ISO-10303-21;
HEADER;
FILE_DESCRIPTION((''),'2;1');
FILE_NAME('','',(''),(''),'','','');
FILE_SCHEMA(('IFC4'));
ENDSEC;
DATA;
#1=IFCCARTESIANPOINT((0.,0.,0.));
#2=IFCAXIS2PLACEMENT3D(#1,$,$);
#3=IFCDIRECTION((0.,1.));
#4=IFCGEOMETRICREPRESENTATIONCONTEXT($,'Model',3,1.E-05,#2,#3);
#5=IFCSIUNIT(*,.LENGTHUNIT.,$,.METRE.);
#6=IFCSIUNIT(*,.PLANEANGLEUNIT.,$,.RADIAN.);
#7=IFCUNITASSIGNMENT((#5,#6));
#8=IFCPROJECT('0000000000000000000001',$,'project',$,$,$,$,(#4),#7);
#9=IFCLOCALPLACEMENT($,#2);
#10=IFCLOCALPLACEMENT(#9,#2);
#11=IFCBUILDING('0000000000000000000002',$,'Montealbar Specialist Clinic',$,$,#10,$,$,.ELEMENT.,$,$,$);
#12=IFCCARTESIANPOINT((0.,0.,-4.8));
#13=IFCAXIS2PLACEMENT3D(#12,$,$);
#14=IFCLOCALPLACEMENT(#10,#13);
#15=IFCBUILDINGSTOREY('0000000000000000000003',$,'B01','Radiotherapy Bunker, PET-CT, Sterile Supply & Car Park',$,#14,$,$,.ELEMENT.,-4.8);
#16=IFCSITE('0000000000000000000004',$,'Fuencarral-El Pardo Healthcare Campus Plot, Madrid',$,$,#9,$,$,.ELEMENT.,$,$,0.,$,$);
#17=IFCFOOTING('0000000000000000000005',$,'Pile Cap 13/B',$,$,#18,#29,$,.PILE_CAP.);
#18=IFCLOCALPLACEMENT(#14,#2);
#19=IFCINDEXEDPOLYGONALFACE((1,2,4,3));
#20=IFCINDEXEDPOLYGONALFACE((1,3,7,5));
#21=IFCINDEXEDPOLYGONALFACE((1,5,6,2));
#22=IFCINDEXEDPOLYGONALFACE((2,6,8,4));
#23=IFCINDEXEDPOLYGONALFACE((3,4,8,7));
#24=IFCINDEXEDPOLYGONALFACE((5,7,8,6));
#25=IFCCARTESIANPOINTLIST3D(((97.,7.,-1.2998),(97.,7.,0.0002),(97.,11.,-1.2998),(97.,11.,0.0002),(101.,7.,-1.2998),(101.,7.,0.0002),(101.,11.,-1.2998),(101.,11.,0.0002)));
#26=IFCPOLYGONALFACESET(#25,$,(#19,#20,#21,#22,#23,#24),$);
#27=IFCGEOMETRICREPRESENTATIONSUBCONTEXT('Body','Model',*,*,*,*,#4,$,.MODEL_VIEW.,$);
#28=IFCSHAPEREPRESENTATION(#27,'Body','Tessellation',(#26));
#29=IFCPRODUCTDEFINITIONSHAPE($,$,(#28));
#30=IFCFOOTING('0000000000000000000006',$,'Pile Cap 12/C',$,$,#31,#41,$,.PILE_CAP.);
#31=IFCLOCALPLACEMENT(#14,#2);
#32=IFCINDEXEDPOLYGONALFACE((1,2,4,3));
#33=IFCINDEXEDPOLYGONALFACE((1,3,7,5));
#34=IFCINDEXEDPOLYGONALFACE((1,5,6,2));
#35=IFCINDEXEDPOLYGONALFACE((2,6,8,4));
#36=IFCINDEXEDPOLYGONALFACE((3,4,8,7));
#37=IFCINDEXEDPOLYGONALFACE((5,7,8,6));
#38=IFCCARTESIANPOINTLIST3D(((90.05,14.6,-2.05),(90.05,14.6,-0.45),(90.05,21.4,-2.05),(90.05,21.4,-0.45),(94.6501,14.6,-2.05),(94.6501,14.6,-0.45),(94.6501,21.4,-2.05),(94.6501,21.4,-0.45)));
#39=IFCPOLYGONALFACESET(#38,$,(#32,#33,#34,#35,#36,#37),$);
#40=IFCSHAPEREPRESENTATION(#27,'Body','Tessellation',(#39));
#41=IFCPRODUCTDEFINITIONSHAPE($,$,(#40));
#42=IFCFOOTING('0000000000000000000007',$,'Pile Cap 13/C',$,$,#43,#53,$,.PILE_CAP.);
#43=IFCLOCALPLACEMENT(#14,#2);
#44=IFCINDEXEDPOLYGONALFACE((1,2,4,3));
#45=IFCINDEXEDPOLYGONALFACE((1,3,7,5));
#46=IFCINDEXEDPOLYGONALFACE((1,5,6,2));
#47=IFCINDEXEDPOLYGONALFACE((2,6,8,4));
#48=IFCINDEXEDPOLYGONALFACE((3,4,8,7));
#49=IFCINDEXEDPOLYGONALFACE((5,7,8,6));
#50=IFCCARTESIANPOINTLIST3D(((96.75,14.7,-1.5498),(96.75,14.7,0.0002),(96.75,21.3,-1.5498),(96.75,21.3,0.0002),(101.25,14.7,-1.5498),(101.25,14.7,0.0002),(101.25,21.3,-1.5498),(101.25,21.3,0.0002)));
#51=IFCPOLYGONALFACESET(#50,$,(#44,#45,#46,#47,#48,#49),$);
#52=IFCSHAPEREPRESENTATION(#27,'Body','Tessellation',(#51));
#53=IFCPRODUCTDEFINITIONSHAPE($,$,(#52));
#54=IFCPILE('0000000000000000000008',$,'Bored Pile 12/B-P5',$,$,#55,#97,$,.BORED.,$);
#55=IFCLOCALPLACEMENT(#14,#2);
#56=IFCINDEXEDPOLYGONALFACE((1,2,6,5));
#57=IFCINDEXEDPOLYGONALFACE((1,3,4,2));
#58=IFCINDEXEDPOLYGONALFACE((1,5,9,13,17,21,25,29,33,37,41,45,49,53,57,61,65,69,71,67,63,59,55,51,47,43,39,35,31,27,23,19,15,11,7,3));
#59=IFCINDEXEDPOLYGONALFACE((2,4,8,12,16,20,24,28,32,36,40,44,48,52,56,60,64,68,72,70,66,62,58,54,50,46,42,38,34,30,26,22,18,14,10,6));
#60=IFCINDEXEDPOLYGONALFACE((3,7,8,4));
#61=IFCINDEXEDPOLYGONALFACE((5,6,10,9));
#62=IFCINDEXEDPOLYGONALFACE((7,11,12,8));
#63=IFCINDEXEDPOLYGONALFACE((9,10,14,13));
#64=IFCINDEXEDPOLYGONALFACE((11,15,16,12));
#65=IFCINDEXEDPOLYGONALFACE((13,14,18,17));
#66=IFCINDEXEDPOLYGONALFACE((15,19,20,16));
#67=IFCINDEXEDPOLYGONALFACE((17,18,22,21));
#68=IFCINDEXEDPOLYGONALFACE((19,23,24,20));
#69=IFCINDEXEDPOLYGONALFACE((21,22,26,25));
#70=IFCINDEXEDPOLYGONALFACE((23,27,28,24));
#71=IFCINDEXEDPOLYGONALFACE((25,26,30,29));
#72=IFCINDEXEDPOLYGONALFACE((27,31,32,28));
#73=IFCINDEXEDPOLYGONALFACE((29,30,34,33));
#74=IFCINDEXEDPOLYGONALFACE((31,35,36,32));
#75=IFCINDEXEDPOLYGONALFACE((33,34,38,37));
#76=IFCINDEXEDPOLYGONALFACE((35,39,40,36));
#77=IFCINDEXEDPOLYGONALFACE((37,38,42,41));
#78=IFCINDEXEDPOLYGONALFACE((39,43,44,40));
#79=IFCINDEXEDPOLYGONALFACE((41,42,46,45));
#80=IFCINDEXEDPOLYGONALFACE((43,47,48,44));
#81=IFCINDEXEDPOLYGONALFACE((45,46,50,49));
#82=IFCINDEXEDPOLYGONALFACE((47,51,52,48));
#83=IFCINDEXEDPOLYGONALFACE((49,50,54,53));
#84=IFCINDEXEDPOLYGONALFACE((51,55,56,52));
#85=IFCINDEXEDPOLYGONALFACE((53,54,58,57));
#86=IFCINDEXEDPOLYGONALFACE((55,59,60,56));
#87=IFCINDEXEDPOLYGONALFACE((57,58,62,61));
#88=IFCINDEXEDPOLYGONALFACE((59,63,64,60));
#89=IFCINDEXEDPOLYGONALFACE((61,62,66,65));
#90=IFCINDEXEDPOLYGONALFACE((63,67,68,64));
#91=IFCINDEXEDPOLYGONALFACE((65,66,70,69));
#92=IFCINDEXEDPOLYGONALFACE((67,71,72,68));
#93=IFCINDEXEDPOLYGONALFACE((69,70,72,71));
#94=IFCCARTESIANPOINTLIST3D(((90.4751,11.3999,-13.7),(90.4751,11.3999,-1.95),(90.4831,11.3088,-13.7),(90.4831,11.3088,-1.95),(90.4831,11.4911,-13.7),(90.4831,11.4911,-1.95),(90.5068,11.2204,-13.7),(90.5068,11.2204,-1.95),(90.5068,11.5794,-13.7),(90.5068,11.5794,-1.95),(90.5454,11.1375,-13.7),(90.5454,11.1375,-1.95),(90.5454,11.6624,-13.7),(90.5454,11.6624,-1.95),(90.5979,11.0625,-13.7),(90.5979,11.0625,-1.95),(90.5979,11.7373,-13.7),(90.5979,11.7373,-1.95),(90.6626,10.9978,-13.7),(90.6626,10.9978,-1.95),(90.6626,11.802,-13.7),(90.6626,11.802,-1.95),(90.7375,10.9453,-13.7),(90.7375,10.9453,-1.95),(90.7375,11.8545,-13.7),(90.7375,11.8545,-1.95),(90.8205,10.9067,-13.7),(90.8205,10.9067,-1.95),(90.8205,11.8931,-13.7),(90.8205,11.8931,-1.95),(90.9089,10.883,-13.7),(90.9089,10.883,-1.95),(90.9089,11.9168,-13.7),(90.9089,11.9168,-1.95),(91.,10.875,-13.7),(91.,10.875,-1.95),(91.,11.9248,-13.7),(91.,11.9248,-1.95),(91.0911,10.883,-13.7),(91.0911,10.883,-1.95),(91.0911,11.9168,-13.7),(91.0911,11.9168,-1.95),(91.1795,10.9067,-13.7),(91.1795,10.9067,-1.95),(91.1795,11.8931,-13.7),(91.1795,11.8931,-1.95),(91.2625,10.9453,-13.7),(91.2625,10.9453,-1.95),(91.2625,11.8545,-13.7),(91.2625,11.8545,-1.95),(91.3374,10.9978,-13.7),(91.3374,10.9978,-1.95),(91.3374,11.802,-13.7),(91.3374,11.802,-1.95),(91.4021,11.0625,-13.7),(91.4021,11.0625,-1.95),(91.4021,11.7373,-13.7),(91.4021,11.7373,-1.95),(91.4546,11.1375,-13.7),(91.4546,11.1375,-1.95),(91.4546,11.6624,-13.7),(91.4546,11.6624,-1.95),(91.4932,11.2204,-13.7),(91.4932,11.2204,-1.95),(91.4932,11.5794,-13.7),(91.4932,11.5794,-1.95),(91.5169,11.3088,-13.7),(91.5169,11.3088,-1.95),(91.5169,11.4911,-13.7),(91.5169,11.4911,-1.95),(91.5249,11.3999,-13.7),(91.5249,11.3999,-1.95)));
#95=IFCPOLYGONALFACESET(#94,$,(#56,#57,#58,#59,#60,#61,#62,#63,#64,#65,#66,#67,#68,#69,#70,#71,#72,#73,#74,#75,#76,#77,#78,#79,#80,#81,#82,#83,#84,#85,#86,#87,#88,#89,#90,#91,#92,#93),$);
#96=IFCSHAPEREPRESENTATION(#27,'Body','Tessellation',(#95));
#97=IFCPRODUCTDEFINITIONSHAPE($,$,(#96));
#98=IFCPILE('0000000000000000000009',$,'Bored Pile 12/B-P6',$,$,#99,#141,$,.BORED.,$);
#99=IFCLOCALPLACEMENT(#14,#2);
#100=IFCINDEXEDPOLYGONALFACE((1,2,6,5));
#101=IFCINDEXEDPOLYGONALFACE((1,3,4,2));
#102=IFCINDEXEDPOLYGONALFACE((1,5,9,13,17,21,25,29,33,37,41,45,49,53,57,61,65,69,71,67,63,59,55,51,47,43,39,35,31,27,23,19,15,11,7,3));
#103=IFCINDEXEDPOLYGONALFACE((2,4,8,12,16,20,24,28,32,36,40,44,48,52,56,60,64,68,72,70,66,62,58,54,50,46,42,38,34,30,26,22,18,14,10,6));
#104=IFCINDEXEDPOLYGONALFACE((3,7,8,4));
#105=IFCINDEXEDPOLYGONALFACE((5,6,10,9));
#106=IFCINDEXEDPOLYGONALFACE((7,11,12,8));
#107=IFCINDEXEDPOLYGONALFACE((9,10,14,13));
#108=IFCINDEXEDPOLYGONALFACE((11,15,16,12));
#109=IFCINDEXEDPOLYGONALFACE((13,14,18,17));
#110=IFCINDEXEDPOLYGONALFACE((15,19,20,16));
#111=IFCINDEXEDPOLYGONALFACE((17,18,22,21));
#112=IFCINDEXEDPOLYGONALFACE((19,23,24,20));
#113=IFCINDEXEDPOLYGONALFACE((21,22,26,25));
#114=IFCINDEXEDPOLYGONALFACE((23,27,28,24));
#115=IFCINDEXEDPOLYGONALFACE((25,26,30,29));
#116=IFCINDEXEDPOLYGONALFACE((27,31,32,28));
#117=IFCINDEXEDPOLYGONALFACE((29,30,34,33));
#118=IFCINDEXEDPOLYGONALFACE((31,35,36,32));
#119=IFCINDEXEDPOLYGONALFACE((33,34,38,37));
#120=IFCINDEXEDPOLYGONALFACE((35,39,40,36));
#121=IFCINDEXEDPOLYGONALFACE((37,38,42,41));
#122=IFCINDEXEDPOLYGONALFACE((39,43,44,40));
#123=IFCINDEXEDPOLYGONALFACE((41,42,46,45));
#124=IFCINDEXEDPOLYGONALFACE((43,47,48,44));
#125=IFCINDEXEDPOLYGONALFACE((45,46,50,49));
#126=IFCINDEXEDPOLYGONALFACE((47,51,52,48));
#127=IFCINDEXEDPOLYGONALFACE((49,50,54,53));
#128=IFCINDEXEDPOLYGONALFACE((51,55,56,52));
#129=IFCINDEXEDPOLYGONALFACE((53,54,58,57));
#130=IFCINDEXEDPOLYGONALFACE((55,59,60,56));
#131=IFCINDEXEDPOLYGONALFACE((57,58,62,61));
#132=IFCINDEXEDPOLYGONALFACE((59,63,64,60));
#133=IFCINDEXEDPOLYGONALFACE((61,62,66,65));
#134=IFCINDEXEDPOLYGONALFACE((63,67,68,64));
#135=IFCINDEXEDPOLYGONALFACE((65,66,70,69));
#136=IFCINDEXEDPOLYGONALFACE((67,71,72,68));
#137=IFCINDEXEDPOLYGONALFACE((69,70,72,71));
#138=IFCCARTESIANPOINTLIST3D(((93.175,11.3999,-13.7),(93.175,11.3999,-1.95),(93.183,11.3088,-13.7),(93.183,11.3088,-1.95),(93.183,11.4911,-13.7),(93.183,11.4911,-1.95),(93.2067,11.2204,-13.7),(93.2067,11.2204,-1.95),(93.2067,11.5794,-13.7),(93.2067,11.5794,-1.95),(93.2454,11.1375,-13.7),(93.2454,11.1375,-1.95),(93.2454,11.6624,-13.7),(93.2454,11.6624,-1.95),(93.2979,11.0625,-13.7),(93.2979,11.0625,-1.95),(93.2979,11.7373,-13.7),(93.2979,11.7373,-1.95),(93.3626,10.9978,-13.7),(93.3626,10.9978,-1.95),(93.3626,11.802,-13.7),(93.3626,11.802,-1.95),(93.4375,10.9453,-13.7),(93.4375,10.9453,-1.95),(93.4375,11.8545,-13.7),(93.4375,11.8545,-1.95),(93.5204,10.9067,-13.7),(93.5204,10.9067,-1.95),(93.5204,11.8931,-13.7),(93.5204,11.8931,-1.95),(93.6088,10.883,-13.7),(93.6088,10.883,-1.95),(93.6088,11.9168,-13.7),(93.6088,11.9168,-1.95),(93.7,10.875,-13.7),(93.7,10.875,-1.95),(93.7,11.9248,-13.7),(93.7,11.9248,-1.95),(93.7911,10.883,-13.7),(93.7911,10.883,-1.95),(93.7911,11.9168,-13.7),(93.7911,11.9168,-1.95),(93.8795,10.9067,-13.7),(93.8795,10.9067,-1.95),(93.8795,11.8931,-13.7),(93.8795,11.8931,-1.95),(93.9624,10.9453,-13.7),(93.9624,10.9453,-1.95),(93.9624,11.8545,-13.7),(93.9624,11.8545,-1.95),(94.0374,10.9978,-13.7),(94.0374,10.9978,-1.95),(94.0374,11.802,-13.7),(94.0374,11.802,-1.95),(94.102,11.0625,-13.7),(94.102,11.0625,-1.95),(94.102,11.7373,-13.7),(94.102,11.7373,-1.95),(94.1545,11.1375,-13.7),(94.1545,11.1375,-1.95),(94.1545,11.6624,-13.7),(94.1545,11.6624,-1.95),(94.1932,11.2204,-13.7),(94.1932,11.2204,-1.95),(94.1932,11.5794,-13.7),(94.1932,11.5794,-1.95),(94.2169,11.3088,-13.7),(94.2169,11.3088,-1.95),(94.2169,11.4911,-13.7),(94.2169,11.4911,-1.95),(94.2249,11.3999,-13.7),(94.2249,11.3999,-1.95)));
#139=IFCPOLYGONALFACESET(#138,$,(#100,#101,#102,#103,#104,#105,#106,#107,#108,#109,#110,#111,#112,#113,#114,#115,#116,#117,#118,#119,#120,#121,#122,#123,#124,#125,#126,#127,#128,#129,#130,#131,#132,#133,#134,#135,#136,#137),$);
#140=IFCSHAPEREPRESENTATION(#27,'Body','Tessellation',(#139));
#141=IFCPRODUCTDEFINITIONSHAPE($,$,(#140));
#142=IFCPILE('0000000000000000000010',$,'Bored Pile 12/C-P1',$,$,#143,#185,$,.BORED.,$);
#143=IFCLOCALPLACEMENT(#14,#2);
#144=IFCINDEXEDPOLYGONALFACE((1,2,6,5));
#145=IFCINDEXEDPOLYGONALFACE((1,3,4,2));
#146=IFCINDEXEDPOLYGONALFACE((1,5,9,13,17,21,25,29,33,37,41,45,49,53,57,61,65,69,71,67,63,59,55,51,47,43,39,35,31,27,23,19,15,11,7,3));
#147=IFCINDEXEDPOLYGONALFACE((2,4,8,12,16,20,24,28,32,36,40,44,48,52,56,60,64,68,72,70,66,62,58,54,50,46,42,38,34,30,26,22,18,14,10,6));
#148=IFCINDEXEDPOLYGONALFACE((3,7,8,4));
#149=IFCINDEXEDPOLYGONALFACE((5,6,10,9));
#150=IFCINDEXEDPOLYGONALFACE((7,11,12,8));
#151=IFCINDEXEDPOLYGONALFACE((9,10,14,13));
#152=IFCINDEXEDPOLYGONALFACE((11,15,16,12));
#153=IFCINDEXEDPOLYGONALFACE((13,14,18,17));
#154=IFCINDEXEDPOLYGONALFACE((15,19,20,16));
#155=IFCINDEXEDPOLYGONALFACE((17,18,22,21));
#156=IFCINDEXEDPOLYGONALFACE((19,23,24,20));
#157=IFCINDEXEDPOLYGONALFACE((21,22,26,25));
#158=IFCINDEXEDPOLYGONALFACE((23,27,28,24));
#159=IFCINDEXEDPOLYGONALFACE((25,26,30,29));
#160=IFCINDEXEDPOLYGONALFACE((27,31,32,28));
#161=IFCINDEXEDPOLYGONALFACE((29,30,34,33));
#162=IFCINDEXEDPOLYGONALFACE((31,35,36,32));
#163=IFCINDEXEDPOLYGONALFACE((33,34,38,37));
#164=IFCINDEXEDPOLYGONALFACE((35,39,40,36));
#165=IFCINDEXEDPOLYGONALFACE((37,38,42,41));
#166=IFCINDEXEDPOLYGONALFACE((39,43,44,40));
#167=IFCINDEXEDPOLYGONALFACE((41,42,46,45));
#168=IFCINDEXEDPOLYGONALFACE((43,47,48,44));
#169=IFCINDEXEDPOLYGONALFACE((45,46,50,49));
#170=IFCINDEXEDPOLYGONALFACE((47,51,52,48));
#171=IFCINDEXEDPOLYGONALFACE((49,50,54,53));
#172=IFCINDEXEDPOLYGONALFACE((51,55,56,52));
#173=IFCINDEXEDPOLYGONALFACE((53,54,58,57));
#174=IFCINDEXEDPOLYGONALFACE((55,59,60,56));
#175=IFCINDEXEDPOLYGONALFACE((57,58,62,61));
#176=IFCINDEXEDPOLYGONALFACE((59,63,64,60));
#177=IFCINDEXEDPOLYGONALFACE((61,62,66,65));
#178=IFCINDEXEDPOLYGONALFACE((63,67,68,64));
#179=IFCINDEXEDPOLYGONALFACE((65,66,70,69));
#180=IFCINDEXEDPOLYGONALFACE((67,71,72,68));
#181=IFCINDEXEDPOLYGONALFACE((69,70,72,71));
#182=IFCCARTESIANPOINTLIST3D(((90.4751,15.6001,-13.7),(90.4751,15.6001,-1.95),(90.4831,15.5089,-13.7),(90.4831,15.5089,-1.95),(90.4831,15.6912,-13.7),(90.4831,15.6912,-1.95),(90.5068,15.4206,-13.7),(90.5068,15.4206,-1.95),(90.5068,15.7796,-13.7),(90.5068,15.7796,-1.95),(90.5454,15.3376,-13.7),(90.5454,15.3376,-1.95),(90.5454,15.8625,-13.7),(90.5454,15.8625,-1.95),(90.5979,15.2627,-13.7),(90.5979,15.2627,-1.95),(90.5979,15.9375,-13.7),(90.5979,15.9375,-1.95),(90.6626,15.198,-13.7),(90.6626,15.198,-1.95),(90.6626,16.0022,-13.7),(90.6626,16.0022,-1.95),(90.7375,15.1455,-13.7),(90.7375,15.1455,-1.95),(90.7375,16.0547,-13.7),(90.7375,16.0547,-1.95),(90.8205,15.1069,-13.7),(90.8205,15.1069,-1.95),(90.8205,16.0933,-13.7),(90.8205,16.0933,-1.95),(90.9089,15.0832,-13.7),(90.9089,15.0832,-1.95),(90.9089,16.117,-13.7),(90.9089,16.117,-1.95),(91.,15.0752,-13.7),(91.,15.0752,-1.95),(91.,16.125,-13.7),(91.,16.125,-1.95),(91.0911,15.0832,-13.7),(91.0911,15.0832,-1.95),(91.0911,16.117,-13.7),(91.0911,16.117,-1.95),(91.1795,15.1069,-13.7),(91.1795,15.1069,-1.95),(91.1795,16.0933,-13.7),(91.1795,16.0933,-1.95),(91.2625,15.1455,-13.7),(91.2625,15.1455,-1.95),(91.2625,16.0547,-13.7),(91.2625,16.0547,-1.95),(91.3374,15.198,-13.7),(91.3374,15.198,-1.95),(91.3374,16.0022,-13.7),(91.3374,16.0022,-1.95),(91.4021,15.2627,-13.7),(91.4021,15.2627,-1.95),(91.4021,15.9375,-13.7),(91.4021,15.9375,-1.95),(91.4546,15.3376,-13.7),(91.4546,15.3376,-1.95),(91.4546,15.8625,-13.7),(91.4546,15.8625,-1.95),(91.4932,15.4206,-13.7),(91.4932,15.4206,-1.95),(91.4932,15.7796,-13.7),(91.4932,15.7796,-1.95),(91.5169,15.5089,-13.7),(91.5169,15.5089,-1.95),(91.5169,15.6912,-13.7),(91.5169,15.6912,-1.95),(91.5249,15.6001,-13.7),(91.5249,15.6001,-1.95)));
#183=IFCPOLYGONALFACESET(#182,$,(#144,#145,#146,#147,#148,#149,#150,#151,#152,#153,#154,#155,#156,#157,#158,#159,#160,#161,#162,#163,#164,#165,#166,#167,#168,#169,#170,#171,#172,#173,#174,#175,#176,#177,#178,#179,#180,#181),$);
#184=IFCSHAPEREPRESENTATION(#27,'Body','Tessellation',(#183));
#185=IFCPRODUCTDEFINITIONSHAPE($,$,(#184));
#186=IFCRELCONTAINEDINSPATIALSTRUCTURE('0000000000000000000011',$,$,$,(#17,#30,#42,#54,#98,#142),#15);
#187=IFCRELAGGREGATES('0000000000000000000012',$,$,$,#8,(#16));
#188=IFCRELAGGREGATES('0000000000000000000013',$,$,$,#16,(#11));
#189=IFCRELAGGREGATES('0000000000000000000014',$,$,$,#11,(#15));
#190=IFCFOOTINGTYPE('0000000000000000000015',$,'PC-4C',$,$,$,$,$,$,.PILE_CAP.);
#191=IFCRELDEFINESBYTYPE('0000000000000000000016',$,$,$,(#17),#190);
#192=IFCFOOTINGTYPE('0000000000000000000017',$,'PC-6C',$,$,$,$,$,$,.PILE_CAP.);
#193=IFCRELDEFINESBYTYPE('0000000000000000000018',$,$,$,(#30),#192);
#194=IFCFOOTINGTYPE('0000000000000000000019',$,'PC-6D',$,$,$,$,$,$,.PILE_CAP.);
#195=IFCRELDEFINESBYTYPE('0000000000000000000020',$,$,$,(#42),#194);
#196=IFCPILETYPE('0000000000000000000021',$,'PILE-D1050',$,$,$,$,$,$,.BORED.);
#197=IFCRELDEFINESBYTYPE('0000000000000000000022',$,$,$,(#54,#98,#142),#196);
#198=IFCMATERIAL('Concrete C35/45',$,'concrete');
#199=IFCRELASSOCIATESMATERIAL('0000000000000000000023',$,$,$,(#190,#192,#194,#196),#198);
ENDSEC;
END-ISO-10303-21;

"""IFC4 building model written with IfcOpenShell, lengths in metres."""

from ifc_helpers import new_model, si_unit, direction, frame, origin, origin_2d, place, context, subcontext, project, spatial, rectangle, circle, extrude, material, material_profile, profile_set, type_object, element, save


model = new_model("IFC4")

# Units and contexts
model_context = context("Model", 3, precision=1e-05, world=origin(), true_north=direction((0.0, 1.0)))
body_context = subcontext(model_context, "Body", "Model", "MODEL_VIEW")
ifc_project = project(units=[si_unit("LENGTHUNIT", "METRE"), si_unit("PLANEANGLEUNIT", "RADIAN")], contexts=[model_context])

# Site, building, storey
site_placement = place(None, origin())
site = spatial("IfcSite", under=ifc_project, at=site_placement, Name="Fuencarral-El Pardo Healthcare Campus Plot, Madrid", CompositionType="ELEMENT", RefElevation=0.0)
building_placement = place(site_placement, origin())
building = spatial("IfcBuilding", under=site, at=building_placement, Name="Montealbar Specialist Clinic", CompositionType="ELEMENT")
storey_placement = place(building_placement, frame((0.0, 0.0, -4.8)))
storey = spatial("IfcBuildingStorey", under=building, at=storey_placement, Name="B01", Description="Radiotherapy Bunker, PET-CT, Sterile Supply & Car Park", CompositionType="ELEMENT", Elevation=-4.8)

# Footings
ifc_material_1 = material(Name="Concrete C35/45", Category="concrete")
footing_type_1 = type_object("IfcFootingType", Name="PC-4C", PredefinedType="PILE_CAP", material=ifc_material_1)
footing_1_placement = place(storey_placement, frame((99.0, 9.0, -1.2998), z_axis=(0.0, 0.0, 1.0), x_axis=(1.0, 0.0, 0.0)))
element("IfcFooting", 1, at=footing_1_placement, inside=storey, type_object=footing_type_1, Name="Pile Cap 13/B", PredefinedType="PILE_CAP", context=body_context, shape_type="SweptSolid", body=[
    extrude(rectangle(XDim=4.0, YDim=4.0, at=origin_2d()), origin(), (0.0, 0.0, 1.0), 1.3),
])
footing_type_2 = type_object("IfcFootingType", Name="PC-6C", PredefinedType="PILE_CAP", material=ifc_material_1)
footing_2_placement = place(storey_placement, frame((92.3501, 18.0, -2.05), z_axis=(0.0, 0.0, 1.0), x_axis=(1.0, 0.0, 0.0)))
element("IfcFooting", 2, at=footing_2_placement, inside=storey, type_object=footing_type_2, Name="Pile Cap 12/C", PredefinedType="PILE_CAP", context=body_context, shape_type="SweptSolid", body=[
    extrude(rectangle(XDim=4.6001, YDim=6.8, at=origin_2d()), origin(), (0.0, 0.0, 1.0), 1.6001),
])
footing_type_3 = type_object("IfcFootingType", Name="PC-6D", PredefinedType="PILE_CAP", material=ifc_material_1)
footing_3_placement = place(storey_placement, frame((99.0, 18.0, -1.5498), z_axis=(0.0, 0.0, 1.0), x_axis=(1.0, 0.0, 0.0)))
element("IfcFooting", 3, at=footing_3_placement, inside=storey, type_object=footing_type_3, Name="Pile Cap 13/C", PredefinedType="PILE_CAP", context=body_context, shape_type="SweptSolid", body=[
    extrude(rectangle(XDim=4.5, YDim=6.6001, at=origin_2d()), origin(), (0.0, 0.0, 1.0), 1.55),
])

# Piles
ifc_material_profile_1 = material_profile(ifc_material_1, circle(Radius=0.5249, at=origin_2d()), Name="PILE D1050", Category="concrete")
ifc_profile_set_1 = profile_set([ifc_material_profile_1], Name="Concrete C35/45")
pile_type_1 = type_object("IfcPileType", Name="PILE-D1050", PredefinedType="BORED", material=ifc_profile_set_1)
for number, where, z_axis, x_axis, name in (
    (4, (91.0, 11.3999, -1.95), (0.0, 0.0, -1.0), (1.0, 0.0, 0.0), "Bored Pile 12/B-P5"),
    (5, (93.7, 11.3999, -1.95), (0.0, 0.0, -1.0), (1.0, 0.0, 0.0), "Bored Pile 12/B-P6"),
    (6, (91.0, 15.6001, -1.95), (0.0, 0.0, -1.0), (1.0, 0.0, 0.0), "Bored Pile 12/C-P1"),
):
    element("IfcPile", number, at=place(storey_placement, frame(where, z_axis=z_axis, x_axis=x_axis)), inside=storey, type_object=pile_type_1, Name=name, PredefinedType="BORED", context=body_context, shape_type="SweptSolid", body=[
        extrude(circle(Radius=0.5249, at=origin_2d()), origin(), (0.0, 0.0, 1.0), 11.75),
    ])

save(model, "model.ifc")
